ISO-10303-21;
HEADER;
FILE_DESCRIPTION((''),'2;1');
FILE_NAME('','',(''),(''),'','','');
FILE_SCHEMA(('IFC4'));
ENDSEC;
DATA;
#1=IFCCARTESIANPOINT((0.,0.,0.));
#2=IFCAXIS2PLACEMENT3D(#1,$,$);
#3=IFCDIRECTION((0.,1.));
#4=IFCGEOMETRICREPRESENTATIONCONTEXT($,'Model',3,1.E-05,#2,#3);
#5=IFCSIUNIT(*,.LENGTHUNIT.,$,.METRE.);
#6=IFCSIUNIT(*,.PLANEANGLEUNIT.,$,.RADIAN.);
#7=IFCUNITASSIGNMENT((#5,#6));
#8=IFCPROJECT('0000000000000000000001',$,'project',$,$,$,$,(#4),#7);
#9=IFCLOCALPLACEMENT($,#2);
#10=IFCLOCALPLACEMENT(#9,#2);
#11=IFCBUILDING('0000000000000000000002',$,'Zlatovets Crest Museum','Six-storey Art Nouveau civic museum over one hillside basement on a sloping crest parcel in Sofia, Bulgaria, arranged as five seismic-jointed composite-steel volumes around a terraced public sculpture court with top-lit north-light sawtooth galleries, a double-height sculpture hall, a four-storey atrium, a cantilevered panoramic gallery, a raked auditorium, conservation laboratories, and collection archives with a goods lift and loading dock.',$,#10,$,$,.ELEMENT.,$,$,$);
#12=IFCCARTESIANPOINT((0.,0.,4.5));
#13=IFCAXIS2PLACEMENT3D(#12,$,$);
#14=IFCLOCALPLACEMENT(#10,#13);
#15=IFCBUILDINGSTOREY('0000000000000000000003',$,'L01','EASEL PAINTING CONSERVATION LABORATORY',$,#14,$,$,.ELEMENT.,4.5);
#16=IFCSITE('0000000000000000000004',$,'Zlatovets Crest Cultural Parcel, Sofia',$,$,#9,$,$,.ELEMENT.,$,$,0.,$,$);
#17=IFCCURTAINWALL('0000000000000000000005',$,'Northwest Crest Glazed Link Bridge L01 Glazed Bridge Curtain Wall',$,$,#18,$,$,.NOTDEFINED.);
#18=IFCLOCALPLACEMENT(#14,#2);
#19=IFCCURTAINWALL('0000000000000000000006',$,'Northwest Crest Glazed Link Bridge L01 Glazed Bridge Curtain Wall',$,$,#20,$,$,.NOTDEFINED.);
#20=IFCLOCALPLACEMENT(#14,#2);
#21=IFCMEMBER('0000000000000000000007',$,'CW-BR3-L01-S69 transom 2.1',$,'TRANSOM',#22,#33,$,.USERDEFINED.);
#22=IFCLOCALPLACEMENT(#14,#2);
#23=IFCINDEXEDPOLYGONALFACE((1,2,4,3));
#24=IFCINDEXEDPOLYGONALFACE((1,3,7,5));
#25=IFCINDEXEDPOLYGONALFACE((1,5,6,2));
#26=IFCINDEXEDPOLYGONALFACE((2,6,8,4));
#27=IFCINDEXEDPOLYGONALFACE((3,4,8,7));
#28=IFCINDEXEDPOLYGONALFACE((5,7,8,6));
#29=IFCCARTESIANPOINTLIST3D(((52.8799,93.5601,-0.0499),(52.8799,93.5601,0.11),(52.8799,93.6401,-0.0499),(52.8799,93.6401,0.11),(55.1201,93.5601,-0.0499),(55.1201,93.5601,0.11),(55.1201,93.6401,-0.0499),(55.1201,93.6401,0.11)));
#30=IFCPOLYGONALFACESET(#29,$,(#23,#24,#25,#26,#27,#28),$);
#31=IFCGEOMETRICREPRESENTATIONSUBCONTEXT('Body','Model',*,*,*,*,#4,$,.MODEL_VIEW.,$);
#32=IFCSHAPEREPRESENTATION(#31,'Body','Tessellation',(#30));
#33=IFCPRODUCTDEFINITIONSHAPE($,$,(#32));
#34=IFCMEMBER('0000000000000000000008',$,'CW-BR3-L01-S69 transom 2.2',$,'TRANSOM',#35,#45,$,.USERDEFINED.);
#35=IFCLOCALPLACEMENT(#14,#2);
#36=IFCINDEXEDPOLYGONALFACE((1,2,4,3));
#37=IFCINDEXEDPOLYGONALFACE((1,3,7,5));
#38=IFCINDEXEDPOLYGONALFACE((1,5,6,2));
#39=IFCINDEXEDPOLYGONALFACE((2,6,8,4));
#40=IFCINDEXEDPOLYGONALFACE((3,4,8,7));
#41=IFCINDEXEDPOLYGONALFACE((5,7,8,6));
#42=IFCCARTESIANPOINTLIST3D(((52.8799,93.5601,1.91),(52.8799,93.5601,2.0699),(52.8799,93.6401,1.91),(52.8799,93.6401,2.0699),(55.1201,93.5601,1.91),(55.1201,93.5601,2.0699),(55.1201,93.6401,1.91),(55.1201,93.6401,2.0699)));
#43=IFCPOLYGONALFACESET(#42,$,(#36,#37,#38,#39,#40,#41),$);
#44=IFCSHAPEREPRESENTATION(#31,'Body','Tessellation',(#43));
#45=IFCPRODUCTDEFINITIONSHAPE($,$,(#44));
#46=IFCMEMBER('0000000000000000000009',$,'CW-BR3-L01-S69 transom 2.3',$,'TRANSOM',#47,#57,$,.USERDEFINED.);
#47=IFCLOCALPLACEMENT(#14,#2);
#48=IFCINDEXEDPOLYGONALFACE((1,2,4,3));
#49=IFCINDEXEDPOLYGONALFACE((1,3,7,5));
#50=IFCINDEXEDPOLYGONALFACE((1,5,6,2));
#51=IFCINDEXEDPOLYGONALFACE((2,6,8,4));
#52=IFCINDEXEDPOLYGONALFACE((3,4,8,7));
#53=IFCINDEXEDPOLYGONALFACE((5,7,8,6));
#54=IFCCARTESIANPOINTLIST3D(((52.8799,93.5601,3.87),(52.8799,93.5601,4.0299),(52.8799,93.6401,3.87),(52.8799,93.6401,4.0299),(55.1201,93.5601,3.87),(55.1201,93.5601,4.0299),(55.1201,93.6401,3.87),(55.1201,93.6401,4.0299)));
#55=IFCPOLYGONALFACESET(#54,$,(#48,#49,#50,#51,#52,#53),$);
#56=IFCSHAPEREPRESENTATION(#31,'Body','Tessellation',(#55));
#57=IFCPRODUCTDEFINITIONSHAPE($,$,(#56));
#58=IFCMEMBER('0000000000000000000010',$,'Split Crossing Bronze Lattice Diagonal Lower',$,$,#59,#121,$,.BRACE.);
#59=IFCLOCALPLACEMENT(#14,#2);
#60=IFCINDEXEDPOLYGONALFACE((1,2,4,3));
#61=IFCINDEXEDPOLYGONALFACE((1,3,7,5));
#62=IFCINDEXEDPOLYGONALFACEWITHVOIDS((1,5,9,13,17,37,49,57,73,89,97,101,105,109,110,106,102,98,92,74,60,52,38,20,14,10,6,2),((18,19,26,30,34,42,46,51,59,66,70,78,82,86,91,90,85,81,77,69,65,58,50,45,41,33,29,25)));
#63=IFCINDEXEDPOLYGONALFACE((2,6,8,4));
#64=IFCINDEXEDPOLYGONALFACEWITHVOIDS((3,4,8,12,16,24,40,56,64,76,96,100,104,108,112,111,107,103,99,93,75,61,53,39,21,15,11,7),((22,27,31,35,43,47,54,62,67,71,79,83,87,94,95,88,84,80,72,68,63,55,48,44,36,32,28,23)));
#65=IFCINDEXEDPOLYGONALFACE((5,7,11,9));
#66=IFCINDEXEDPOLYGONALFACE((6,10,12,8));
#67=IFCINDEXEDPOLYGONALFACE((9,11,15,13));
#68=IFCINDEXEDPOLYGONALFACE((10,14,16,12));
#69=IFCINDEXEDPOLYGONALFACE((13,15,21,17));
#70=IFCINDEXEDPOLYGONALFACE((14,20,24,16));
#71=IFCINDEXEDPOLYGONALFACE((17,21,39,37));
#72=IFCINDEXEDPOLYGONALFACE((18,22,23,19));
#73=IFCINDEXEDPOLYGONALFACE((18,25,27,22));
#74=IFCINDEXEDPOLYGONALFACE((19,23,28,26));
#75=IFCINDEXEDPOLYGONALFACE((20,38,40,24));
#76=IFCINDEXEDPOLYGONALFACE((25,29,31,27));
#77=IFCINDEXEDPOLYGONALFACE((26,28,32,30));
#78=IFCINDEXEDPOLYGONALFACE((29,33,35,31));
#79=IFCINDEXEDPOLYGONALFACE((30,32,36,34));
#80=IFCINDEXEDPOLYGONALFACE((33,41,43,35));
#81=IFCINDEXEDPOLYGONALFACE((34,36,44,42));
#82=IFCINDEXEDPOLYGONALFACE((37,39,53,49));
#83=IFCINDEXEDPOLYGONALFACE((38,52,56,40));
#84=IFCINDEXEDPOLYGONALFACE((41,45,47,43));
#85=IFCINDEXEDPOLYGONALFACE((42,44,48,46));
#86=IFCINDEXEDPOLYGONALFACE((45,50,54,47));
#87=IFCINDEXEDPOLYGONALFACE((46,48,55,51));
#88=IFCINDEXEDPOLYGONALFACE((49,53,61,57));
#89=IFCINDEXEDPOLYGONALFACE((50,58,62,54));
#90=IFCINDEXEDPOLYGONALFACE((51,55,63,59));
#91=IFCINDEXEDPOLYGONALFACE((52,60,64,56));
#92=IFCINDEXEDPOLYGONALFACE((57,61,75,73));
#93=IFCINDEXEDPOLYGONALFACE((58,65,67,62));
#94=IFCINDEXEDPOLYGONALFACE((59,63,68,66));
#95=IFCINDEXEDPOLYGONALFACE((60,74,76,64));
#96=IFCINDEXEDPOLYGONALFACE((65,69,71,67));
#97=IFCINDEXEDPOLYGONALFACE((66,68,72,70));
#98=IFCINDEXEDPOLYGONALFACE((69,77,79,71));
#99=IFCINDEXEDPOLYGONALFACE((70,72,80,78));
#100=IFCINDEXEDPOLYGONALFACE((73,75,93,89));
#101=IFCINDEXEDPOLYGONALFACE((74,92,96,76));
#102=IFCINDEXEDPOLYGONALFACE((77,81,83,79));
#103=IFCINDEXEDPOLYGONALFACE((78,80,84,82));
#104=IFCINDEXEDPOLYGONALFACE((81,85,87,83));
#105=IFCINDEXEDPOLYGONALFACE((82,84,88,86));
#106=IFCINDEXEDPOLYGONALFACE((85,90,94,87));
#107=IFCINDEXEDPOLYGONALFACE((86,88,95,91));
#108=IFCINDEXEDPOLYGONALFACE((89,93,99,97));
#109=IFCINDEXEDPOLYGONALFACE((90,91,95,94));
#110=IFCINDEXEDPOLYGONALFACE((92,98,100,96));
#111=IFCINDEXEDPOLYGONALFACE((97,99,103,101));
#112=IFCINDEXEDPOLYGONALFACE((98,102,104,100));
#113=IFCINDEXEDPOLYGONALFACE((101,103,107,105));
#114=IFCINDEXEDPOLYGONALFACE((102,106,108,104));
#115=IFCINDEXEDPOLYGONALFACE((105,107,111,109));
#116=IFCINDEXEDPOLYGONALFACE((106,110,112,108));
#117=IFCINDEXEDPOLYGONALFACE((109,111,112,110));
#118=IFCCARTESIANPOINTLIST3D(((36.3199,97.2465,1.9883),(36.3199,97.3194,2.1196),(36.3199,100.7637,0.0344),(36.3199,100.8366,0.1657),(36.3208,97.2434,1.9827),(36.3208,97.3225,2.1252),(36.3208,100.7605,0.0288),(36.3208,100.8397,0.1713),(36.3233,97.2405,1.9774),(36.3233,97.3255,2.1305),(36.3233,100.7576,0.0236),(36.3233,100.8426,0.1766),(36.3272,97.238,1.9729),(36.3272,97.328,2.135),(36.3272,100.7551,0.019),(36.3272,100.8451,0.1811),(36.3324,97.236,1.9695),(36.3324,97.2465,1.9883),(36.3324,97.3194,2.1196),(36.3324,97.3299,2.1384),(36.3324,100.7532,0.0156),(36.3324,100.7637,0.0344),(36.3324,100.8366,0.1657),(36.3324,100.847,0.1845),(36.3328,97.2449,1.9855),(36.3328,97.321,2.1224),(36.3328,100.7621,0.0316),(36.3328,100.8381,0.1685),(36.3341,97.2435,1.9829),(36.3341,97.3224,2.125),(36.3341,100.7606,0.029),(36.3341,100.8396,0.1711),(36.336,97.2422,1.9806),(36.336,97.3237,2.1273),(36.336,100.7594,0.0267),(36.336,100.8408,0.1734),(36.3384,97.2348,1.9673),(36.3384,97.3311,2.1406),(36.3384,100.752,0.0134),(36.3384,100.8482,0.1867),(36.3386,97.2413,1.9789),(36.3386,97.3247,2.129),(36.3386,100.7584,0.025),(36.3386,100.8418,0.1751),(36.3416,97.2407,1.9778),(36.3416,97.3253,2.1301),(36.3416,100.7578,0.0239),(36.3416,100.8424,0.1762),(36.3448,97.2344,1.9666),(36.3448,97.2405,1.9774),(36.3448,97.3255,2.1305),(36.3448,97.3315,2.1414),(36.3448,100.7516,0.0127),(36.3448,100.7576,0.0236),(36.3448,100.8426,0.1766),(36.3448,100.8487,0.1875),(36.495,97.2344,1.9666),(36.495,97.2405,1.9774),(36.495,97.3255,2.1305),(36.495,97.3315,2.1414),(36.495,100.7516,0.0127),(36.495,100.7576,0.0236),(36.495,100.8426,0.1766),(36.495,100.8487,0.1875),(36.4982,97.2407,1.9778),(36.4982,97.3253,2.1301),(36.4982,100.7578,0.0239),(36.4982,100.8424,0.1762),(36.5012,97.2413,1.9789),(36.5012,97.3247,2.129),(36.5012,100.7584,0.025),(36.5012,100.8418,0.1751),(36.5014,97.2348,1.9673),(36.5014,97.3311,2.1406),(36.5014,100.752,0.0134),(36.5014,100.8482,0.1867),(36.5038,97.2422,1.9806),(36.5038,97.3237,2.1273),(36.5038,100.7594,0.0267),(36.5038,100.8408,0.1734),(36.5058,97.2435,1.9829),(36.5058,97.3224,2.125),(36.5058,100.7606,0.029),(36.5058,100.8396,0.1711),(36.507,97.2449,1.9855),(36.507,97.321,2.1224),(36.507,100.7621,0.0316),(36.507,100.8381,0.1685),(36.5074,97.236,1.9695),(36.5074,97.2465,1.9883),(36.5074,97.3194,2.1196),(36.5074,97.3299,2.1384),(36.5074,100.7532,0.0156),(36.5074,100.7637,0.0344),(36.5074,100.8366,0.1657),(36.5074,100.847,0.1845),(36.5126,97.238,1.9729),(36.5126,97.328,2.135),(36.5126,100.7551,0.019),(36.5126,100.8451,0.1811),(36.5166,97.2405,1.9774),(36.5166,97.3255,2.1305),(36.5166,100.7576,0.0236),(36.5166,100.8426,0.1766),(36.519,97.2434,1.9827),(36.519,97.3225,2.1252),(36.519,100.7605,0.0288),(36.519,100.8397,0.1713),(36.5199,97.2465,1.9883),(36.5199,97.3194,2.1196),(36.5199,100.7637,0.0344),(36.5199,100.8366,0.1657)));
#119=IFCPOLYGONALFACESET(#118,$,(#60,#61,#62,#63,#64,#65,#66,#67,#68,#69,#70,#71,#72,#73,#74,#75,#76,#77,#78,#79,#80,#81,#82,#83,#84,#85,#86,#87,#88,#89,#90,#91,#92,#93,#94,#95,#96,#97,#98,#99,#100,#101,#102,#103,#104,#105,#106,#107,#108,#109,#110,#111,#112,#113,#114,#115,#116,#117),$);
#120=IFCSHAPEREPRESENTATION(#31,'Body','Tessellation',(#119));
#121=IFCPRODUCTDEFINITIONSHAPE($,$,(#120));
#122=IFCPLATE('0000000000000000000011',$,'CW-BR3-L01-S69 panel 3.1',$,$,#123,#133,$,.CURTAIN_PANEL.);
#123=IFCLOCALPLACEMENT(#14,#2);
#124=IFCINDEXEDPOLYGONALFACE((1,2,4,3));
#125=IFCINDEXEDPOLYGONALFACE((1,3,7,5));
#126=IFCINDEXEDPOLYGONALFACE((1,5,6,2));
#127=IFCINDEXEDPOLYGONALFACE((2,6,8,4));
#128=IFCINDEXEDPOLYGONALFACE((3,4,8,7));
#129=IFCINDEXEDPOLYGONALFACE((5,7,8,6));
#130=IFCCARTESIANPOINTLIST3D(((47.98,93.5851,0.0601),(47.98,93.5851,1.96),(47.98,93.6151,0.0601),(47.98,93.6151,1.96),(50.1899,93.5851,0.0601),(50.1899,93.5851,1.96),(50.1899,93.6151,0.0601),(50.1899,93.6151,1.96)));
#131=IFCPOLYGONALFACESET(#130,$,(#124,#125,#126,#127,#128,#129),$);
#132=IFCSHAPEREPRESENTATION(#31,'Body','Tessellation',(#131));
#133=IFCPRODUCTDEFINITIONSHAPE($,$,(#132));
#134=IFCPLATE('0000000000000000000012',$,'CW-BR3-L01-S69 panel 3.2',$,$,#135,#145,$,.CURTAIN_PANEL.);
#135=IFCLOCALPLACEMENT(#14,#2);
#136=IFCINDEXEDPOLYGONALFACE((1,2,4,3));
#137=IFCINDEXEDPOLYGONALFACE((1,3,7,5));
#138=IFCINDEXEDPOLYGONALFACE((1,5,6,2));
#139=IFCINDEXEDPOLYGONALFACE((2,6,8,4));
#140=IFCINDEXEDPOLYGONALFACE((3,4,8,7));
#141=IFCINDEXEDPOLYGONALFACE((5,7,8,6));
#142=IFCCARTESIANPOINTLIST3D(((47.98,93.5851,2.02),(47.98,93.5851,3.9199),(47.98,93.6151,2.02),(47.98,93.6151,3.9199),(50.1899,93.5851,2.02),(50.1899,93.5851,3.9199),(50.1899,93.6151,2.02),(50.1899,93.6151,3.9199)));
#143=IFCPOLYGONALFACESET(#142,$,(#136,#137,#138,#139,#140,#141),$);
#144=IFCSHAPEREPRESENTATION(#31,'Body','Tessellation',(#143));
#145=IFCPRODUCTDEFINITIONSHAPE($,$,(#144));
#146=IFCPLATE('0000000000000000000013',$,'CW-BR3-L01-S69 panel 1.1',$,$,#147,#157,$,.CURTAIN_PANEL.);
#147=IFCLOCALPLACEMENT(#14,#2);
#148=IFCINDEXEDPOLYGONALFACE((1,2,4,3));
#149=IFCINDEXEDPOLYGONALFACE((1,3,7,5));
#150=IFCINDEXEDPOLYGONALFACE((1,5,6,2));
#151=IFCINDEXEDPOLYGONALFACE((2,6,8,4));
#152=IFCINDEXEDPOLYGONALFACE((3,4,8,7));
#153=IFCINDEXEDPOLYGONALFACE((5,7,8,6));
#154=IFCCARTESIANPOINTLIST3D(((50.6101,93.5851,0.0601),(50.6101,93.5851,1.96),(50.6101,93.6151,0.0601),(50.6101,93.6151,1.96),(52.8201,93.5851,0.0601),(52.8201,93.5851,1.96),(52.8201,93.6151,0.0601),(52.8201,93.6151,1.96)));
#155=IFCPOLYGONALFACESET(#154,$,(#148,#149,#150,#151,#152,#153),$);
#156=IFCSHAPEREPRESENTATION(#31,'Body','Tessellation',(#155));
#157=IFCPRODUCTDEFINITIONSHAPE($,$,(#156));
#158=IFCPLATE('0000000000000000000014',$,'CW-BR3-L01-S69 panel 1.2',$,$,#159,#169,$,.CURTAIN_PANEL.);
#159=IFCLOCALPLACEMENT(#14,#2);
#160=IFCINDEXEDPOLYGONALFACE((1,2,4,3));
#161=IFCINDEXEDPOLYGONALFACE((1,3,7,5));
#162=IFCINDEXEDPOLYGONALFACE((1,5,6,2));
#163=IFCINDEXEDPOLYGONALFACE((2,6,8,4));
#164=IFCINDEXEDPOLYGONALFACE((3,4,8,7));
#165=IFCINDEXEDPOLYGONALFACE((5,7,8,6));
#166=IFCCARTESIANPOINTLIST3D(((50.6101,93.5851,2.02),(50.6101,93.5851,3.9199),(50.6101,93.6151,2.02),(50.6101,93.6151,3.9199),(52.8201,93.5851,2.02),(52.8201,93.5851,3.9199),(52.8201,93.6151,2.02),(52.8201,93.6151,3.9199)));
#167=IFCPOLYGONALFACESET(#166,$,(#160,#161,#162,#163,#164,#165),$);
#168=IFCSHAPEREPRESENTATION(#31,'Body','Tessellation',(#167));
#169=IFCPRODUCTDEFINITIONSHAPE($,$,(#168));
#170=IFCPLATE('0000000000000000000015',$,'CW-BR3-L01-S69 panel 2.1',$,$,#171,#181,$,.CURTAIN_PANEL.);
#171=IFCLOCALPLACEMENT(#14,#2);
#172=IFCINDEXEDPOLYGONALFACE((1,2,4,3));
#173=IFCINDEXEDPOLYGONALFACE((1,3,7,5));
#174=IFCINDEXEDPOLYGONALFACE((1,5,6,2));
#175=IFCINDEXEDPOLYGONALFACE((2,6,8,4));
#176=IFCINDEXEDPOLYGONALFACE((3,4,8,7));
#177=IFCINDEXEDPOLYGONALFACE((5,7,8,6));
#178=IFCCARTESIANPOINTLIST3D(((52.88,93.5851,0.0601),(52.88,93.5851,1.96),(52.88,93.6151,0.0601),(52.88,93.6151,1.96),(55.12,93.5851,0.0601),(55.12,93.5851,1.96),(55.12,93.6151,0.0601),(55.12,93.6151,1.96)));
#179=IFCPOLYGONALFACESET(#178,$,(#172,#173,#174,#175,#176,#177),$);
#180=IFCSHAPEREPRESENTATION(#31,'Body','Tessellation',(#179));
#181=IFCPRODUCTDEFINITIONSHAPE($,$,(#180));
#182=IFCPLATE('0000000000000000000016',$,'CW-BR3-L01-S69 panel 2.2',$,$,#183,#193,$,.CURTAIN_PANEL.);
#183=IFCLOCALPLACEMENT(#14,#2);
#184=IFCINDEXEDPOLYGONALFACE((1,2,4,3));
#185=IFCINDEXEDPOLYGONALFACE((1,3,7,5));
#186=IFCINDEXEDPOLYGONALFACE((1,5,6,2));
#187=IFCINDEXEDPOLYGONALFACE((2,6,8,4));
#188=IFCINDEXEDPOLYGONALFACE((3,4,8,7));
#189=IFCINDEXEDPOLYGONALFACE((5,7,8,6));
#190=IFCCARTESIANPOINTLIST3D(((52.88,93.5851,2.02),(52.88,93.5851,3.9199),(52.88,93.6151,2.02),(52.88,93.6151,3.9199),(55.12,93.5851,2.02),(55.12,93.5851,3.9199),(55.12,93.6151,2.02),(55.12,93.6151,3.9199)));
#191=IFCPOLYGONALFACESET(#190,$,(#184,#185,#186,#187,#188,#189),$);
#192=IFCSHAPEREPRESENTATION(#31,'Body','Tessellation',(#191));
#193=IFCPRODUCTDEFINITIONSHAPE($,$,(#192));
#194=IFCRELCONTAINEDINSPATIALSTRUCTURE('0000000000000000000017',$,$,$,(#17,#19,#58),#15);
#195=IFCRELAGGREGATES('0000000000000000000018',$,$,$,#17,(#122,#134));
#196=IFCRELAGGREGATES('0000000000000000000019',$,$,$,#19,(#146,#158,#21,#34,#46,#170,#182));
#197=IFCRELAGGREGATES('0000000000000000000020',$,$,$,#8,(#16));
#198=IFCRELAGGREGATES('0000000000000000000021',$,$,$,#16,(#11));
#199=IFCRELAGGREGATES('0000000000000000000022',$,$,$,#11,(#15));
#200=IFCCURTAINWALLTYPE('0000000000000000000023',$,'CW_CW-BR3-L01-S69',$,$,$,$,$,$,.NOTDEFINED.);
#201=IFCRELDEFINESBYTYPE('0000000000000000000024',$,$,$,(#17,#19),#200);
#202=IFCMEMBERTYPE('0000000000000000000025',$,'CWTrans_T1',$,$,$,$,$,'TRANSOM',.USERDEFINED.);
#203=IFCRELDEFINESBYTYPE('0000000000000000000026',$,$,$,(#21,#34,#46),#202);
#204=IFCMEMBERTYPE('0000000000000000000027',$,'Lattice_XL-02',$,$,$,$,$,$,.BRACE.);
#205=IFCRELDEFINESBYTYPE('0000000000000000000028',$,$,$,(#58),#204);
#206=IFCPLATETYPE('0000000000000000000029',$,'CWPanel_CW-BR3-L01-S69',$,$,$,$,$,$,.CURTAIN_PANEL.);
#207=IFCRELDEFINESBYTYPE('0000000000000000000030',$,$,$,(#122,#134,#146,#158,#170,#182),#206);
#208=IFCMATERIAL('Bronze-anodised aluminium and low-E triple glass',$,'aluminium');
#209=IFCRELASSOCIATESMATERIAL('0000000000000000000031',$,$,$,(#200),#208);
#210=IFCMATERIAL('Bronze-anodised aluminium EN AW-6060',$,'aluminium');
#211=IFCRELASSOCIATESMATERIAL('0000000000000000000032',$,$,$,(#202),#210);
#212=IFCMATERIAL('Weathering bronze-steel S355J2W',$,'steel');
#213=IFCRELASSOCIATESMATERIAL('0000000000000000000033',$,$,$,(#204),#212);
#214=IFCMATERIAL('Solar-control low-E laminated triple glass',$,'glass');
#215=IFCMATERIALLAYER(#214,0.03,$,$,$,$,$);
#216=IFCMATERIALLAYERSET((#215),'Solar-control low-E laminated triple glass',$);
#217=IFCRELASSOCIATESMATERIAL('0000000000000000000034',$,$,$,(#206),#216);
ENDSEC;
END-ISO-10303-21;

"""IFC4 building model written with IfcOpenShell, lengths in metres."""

from ifc_helpers import new_model, si_unit, direction, frame, origin, origin_2d, place, context, subcontext, project, spatial, rectangle, hollow_rectangle, extrude, material, layer, layer_set, material_profile, profile_set, type_object, element, aggregate, save


model = new_model("IFC4")

# Units and contexts
model_context = context("Model", 3, precision=1e-05, world=origin(), true_north=direction((0.0, 1.0)))
body_context = subcontext(model_context, "Body", "Model", "MODEL_VIEW")
ifc_project = project(units=[si_unit("LENGTHUNIT", "METRE"), si_unit("PLANEANGLEUNIT", "RADIAN")], contexts=[model_context])

# Site, building, storey
site_placement = place(None, origin())
site = spatial("IfcSite", under=ifc_project, at=site_placement, Name="Zlatovets Crest Cultural Parcel, Sofia", CompositionType="ELEMENT", RefElevation=0.0)
building_placement = place(site_placement, origin())
building = spatial("IfcBuilding", under=site, at=building_placement, Name="Zlatovets Crest Museum", Description="Six-storey Art Nouveau civic museum over one hillside basement on a sloping crest parcel in Sofia, Bulgaria, arranged as five seismic-jointed composite-steel volumes around a terraced public sculpture court with top-lit north-light sawtooth galleries, a double-height sculpture hall, a four-storey atrium, a cantilevered panoramic gallery, a raked auditorium, conservation laboratories, and collection archives with a goods lift and loading dock.", CompositionType="ELEMENT")
storey_placement = place(building_placement, frame((0.0, 0.0, 4.5)))
storey = spatial("IfcBuildingStorey", under=building, at=storey_placement, Name="L01", Description="EASEL PAINTING CONSERVATION LABORATORY", CompositionType="ELEMENT", Elevation=4.5)

# Shared definitions
ifc_material_1 = material(Name="Bronze-anodised aluminium and low-E triple glass", Category="aluminium")
ifc_material_2 = material(Name="Bronze-anodised aluminium EN AW-6060", Category="aluminium")

# Curtain wall
curtain_wall_type_1 = type_object("IfcCurtainWallType", Name="CW_CW-BR3-L01-S69", PredefinedType="NOTDEFINED", material=ifc_material_1)
curtain_wall_1_placement = place(storey_placement, origin())
curtain_wall_1 = element("IfcCurtainWall", 1, at=curtain_wall_1_placement, inside=storey, type_object=curtain_wall_type_1, Name="Northwest Crest Glazed Link Bridge L01 Glazed Bridge Curtain Wall", PredefinedType="NOTDEFINED")

# Curtain wall
curtain_wall_2_placement = place(storey_placement, origin())
curtain_wall_2 = element("IfcCurtainWall", 2, at=curtain_wall_2_placement, inside=storey, type_object=curtain_wall_type_1, Name="Northwest Crest Glazed Link Bridge L01 Glazed Bridge Curtain Wall", PredefinedType="NOTDEFINED")

# Members
ifc_material_profile_1 = material_profile(ifc_material_2, rectangle(XDim=0.0801, YDim=0.1599, at=origin_2d()), Name="ALU 80x160")
ifc_profile_set_1 = profile_set([ifc_material_profile_1], Name="Bronze-anodised aluminium EN AW-6060")
member_type_1 = type_object("IfcMemberType", Name="CWTrans_T1", ElementType="TRANSOM", PredefinedType="USERDEFINED", material=ifc_profile_set_1)
member_1_placement = place(storey_placement, frame((52.8799, 93.6001, 0.03), z_axis=(1.0, 0.0, 0.0), x_axis=(0.0, 1.0, 0.0)))
member_1 = element("IfcMember", 3, at=member_1_placement, type_object=member_type_1, Name="CW-BR3-L01-S69 transom 2.1", ObjectType="TRANSOM", PredefinedType="USERDEFINED", context=body_context, shape_type="SweptSolid", body=[
    extrude(rectangle(XDim=0.0801, YDim=0.1599, at=origin_2d()), origin(), (0.0, 0.0, 1.0), 2.2402),
])
member_2_placement = place(storey_placement, frame((52.8799, 93.6001, 1.99), z_axis=(1.0, 0.0, 0.0), x_axis=(0.0, 1.0, 0.0)))
member_2 = element("IfcMember", 4, at=member_2_placement, type_object=member_type_1, Name="CW-BR3-L01-S69 transom 2.2", ObjectType="TRANSOM", PredefinedType="USERDEFINED", context=body_context, shape_type="SweptSolid", body=[
    extrude(rectangle(XDim=0.0801, YDim=0.1599, at=origin_2d()), origin(), (0.0, 0.0, 1.0), 2.2402),
])
member_3_placement = place(storey_placement, frame((52.8799, 93.6001, 3.95), z_axis=(1.0, 0.0, 0.0), x_axis=(0.0, 1.0, 0.0)))
member_3 = element("IfcMember", 5, at=member_3_placement, type_object=member_type_1, Name="CW-BR3-L01-S69 transom 2.3", ObjectType="TRANSOM", PredefinedType="USERDEFINED", context=body_context, shape_type="SweptSolid", body=[
    extrude(rectangle(XDim=0.0801, YDim=0.1599, at=origin_2d()), origin(), (0.0, 0.0, 1.0), 2.2402),
])
ifc_material_3 = material(Name="Weathering bronze-steel S355J2W", Category="steel")
ifc_material_profile_2 = material_profile(ifc_material_3, hollow_rectangle(XDim=0.2, YDim=0.2, WallThickness=0.0125, InnerFilletRadius=0.0125, OuterFilletRadius=0.0249, at=origin_2d()), Name="SHS 200x200x12.5")
ifc_profile_set_2 = profile_set([ifc_material_profile_2], Name="Weathering bronze-steel S355J2W")
member_type_2 = type_object("IfcMemberType", Name="Lattice_XL-02", PredefinedType="BRACE", material=ifc_profile_set_2)
member_4_placement = place(storey_placement, frame((36.4199, 97.283, 2.054), z_axis=(0.0, 0.874166, -0.485627), x_axis=(-1.0, 0.0, 0.0)))
element("IfcMember", 6, at=member_4_placement, inside=storey, type_object=member_type_2, Name="Split Crossing Bronze Lattice Diagonal Lower", PredefinedType="BRACE", context=body_context, shape_type="SweptSolid", body=[
    extrude(hollow_rectangle(XDim=0.2, YDim=0.2, WallThickness=0.0125, InnerFilletRadius=0.0125, OuterFilletRadius=0.0249, at=origin_2d()), origin(), (0.0, 0.0, 1.0), 4.0234),
])

# Plates
ifc_material_4 = material(Name="Solar-control low-E laminated triple glass", Category="glass")
ifc_layer_1 = layer(ifc_material_4, 0.03)
ifc_layer_set_1 = layer_set([ifc_layer_1], Name="Solar-control low-E laminated triple glass")
plate_type_1 = type_object("IfcPlateType", Name="CWPanel_CW-BR3-L01-S69", PredefinedType="CURTAIN_PANEL", material=ifc_layer_set_1)
plate_1_placement = place(storey_placement, frame((49.085, 93.6001, 0.0601), z_axis=(0.0, 0.0, 1.0), x_axis=(1.0, 0.0, 0.0)))
plate_1 = element("IfcPlate", 7, at=plate_1_placement, type_object=plate_type_1, Name="CW-BR3-L01-S69 panel 3.1", PredefinedType="CURTAIN_PANEL", context=body_context, shape_type="SweptSolid", body=[
    extrude(rectangle(XDim=2.21, YDim=0.03, at=origin_2d()), origin(), (0.0, 0.0, 1.0), 1.8999),
])
plate_2_placement = place(storey_placement, frame((49.085, 93.6001, 2.02), z_axis=(0.0, 0.0, 1.0), x_axis=(1.0, 0.0, 0.0)))
plate_2 = element("IfcPlate", 8, at=plate_2_placement, type_object=plate_type_1, Name="CW-BR3-L01-S69 panel 3.2", PredefinedType="CURTAIN_PANEL", context=body_context, shape_type="SweptSolid", body=[
    extrude(rectangle(XDim=2.21, YDim=0.03, at=origin_2d()), origin(), (0.0, 0.0, 1.0), 1.8999),
])
aggregate(curtain_wall_1, [plate_1, plate_2])
plate_3_placement = place(storey_placement, frame((51.7151, 93.6001, 0.0601), z_axis=(0.0, 0.0, 1.0), x_axis=(1.0, 0.0, 0.0)))
plate_3 = element("IfcPlate", 9, at=plate_3_placement, type_object=plate_type_1, Name="CW-BR3-L01-S69 panel 1.1", PredefinedType="CURTAIN_PANEL", context=body_context, shape_type="SweptSolid", body=[
    extrude(rectangle(XDim=2.21, YDim=0.03, at=origin_2d()), origin(), (0.0, 0.0, 1.0), 1.8999),
])
plate_4_placement = place(storey_placement, frame((51.7151, 93.6001, 2.02), z_axis=(0.0, 0.0, 1.0), x_axis=(1.0, 0.0, 0.0)))
plate_4 = element("IfcPlate", 10, at=plate_4_placement, type_object=plate_type_1, Name="CW-BR3-L01-S69 panel 1.2", PredefinedType="CURTAIN_PANEL", context=body_context, shape_type="SweptSolid", body=[
    extrude(rectangle(XDim=2.21, YDim=0.03, at=origin_2d()), origin(), (0.0, 0.0, 1.0), 1.8999),
])
plate_5_placement = place(storey_placement, frame((54.0, 93.6001, 0.0601), z_axis=(0.0, 0.0, 1.0), x_axis=(1.0, 0.0, 0.0)))
plate_5 = element("IfcPlate", 11, at=plate_5_placement, type_object=plate_type_1, Name="CW-BR3-L01-S69 panel 2.1", PredefinedType="CURTAIN_PANEL", context=body_context, shape_type="SweptSolid", body=[
    extrude(rectangle(XDim=2.24, YDim=0.03, at=origin_2d()), origin(), (0.0, 0.0, 1.0), 1.8999),
])
plate_6_placement = place(storey_placement, frame((54.0, 93.6001, 2.02), z_axis=(0.0, 0.0, 1.0), x_axis=(1.0, 0.0, 0.0)))
plate_6 = element("IfcPlate", 12, at=plate_6_placement, type_object=plate_type_1, Name="CW-BR3-L01-S69 panel 2.2", PredefinedType="CURTAIN_PANEL", context=body_context, shape_type="SweptSolid", body=[
    extrude(rectangle(XDim=2.24, YDim=0.03, at=origin_2d()), origin(), (0.0, 0.0, 1.0), 1.8999),
])
aggregate(curtain_wall_2, [plate_3, plate_4, member_1, member_2, member_3, plate_5, plate_6])

save(model, "model.ifc")
